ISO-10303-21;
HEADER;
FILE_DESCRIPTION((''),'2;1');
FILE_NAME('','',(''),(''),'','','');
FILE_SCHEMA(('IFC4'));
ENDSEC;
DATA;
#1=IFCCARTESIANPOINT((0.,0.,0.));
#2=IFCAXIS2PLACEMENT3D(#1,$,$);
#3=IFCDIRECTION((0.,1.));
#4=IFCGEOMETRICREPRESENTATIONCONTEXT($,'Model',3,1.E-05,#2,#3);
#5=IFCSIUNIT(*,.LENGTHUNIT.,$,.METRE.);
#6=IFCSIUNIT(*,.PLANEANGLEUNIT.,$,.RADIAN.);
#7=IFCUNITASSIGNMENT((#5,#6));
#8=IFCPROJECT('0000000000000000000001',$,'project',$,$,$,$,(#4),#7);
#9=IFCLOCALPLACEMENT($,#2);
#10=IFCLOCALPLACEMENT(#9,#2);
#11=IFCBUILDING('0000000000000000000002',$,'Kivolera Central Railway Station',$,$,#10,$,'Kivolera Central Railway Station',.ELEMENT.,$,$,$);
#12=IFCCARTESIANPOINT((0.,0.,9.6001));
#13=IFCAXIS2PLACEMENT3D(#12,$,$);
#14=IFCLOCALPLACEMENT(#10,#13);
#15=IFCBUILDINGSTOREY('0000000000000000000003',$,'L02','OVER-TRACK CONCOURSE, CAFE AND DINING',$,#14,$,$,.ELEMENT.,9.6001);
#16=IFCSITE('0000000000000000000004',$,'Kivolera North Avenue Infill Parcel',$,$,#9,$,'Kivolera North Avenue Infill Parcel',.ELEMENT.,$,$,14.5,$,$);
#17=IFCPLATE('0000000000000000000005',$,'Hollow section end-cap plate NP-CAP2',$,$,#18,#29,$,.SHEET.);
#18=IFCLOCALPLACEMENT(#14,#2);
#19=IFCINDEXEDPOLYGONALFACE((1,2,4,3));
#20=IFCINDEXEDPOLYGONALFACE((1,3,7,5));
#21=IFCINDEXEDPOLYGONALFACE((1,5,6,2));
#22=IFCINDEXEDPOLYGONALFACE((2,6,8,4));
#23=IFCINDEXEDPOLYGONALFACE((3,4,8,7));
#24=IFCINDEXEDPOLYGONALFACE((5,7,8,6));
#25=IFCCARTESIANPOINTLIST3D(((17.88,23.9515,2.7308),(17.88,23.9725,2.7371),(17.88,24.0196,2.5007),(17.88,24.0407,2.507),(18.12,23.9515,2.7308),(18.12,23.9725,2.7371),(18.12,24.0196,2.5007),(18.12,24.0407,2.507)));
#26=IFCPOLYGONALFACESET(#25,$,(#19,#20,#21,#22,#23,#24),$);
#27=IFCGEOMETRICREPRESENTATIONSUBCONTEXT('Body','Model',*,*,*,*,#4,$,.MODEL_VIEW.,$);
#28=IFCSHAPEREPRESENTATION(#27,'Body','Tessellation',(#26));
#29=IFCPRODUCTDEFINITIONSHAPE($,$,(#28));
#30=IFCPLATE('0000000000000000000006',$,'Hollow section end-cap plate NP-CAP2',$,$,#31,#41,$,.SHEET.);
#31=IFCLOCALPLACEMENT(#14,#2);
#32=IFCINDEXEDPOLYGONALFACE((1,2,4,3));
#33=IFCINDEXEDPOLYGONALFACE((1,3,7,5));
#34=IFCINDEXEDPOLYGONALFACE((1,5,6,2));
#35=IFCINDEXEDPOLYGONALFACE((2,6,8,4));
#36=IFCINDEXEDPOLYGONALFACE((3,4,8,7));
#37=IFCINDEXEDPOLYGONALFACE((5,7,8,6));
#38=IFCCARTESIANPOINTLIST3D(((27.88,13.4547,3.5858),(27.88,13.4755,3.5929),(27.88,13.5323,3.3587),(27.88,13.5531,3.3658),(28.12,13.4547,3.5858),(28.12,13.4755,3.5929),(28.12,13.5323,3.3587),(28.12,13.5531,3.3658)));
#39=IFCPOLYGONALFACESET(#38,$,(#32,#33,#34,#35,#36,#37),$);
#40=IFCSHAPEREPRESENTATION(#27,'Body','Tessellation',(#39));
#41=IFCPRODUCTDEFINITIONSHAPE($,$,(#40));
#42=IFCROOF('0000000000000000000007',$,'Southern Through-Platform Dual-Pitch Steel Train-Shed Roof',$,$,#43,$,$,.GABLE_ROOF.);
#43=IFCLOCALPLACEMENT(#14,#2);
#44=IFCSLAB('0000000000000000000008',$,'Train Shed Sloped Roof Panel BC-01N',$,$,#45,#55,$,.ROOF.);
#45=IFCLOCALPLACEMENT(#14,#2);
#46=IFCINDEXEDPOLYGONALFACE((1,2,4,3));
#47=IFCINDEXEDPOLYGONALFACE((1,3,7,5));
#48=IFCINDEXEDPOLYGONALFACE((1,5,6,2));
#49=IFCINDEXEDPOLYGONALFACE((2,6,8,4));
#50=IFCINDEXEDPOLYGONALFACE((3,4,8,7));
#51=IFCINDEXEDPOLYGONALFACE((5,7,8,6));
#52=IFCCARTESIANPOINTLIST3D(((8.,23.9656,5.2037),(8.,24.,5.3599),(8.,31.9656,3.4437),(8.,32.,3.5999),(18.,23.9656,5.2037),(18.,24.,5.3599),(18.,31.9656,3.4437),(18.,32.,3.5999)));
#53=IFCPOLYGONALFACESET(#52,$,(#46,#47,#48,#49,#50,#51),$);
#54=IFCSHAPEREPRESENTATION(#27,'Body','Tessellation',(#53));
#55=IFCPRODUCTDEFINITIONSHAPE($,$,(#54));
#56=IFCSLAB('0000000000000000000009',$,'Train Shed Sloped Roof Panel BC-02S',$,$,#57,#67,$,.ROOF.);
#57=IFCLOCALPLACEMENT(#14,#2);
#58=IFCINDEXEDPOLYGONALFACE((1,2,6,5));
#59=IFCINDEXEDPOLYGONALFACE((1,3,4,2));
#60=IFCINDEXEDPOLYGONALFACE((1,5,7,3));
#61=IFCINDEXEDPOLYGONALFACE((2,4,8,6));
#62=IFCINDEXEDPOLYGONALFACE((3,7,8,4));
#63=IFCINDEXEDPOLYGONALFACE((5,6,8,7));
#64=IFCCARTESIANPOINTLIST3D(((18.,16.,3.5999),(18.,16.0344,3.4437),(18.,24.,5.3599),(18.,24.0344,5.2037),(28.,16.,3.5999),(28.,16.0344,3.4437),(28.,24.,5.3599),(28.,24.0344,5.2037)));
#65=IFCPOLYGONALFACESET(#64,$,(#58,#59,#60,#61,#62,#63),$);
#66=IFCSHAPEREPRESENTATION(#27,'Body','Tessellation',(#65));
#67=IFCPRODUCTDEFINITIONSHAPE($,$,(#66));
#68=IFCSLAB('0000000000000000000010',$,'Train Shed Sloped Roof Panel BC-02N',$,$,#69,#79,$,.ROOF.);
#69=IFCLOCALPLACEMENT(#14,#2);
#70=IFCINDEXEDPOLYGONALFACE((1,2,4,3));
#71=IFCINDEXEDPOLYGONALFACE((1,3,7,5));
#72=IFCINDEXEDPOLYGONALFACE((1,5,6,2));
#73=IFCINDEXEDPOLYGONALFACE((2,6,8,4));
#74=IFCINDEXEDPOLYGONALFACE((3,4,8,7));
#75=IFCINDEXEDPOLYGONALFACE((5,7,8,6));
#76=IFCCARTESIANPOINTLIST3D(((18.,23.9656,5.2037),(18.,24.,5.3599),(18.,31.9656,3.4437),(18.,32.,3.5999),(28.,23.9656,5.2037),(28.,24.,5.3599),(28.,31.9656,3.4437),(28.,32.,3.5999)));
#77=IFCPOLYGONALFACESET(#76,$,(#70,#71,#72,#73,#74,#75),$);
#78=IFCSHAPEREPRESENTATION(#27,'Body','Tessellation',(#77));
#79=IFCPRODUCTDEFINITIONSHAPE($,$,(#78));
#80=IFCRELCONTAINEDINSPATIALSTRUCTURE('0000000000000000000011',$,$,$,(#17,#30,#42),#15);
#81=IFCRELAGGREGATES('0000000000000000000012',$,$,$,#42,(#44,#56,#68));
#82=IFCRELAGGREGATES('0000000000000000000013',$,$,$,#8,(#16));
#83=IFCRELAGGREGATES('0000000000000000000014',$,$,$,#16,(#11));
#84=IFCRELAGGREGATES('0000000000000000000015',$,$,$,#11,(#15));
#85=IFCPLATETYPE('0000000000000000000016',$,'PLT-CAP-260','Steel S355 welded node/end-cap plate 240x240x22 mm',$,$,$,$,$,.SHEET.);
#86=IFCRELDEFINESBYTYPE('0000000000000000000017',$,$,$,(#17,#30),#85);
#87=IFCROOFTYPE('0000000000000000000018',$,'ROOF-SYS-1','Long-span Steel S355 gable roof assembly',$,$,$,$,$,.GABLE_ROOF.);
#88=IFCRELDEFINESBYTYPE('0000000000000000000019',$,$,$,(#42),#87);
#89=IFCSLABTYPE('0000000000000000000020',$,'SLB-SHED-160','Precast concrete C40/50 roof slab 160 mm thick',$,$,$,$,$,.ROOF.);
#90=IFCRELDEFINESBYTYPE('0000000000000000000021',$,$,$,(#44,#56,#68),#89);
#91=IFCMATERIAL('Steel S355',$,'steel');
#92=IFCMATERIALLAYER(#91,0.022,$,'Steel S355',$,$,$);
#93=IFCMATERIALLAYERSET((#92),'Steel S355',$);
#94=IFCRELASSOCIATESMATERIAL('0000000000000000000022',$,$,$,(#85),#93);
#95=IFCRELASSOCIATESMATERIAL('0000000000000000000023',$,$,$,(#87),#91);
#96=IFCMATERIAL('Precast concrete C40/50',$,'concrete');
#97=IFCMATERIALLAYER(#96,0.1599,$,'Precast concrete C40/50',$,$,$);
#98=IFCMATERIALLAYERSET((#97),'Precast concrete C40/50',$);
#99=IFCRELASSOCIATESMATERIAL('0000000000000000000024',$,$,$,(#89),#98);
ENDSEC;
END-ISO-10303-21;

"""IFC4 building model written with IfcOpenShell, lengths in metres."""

from ifc_helpers import new_model, si_unit, direction, frame, origin, origin_2d, place, context, subcontext, project, spatial, polyline, rectangle, outline, extrude, material, layer, layer_set, type_object, element, aggregate, save


model = new_model("IFC4")

# Units and contexts
model_context = context("Model", 3, precision=1e-05, world=origin(), true_north=direction((0.0, 1.0)))
body_context = subcontext(model_context, "Body", "Model", "MODEL_VIEW")
ifc_project = project(units=[si_unit("LENGTHUNIT", "METRE"), si_unit("PLANEANGLEUNIT", "RADIAN")], contexts=[model_context])

# Site, building, storey
site_placement = place(None, origin())
site = spatial("IfcSite", under=ifc_project, at=site_placement, Name="Kivolera North Avenue Infill Parcel", LongName="Kivolera North Avenue Infill Parcel", CompositionType="ELEMENT", RefElevation=14.5)
building_placement = place(site_placement, origin())
building = spatial("IfcBuilding", under=site, at=building_placement, Name="Kivolera Central Railway Station", LongName="Kivolera Central Railway Station", CompositionType="ELEMENT")
storey_placement = place(building_placement, frame((0.0, 0.0, 9.6001)))
storey = spatial("IfcBuildingStorey", under=building, at=storey_placement, Name="L02", Description="OVER-TRACK CONCOURSE, CAFE AND DINING", CompositionType="ELEMENT", Elevation=9.6001)

# Shared definitions
ifc_material_1 = material(Name="Steel S355", Category="steel")

# Plates
ifc_layer_1 = layer(ifc_material_1, 0.022, Name="Steel S355")
ifc_layer_set_1 = layer_set([ifc_layer_1], Name="Steel S355")
plate_type_1 = type_object("IfcPlateType", Name="PLT-CAP-260", Description="Steel S355 welded node/end-cap plate 240x240x22 mm", PredefinedType="SHEET", material=ifc_layer_set_1)
for number, where, z_axis, x_axis, name in (
    (1, (18.0, 23.9961, 2.6189), (0.0, 0.95881, 0.284048), (-1.0, 0.0, 0.0), "Hollow section end-cap plate NP-CAP2"),
    (2, (28.0, 13.5039, 3.4758), (0.0, 0.946194, 0.323599), (-1.0, 0.0, 0.0), "Hollow section end-cap plate NP-CAP2"),
):
    element("IfcPlate", number, at=place(storey_placement, frame(where, z_axis=z_axis, x_axis=x_axis)), inside=storey, type_object=plate_type_1, Name=name, PredefinedType="SHEET", context=body_context, shape_type="SweptSolid", body=[
        extrude(rectangle(XDim=0.24, YDim=0.24, at=origin_2d()), frame((0.0, 0.0, -0.011)), (0.0, 0.0, 1.0), 0.022),
    ])

# Roof, slabs
roof_type = type_object("IfcRoofType", Name="ROOF-SYS-1", Description="Long-span Steel S355 gable roof assembly", PredefinedType="GABLE_ROOF", material=ifc_material_1)
roof_placement = place(storey_placement, origin())
roof = element("IfcRoof", 3, at=roof_placement, inside=storey, type_object=roof_type, Name="Southern Through-Platform Dual-Pitch Steel Train-Shed Roof", PredefinedType="GABLE_ROOF")
ifc_material_2 = material(Name="Precast concrete C40/50", Category="concrete")
ifc_layer_2 = layer(ifc_material_2, 0.1599, Name="Precast concrete C40/50")
ifc_layer_set_2 = layer_set([ifc_layer_2], Name="Precast concrete C40/50")
slab_type = type_object("IfcSlabType", Name="SLB-SHED-160", Description="Precast concrete C40/50 roof slab 160 mm thick", PredefinedType="ROOF", material=ifc_layer_set_2)
slab_1_placement = place(storey_placement, frame((8.0, 24.0, 5.3599), z_axis=(0.0, 0.214863, 0.976644), x_axis=(1.0, 0.0, 0.0)))
slab_1 = element("IfcSlab", 4, at=slab_1_placement, type_object=slab_type, Name="Train Shed Sloped Roof Panel BC-01N", PredefinedType="ROOF", context=body_context, shape_type="SweptSolid", body=[
    extrude(outline(polyline([(0.0, 0.0), (10.0, 0.0), (10.0, 8.1913), (0.0, 8.1913), (0.0, 0.0)])), origin(), (0.0, 0.0, -1.0), 0.1599),
])
slab_2_placement = place(storey_placement, frame((18.0, 16.0, 3.5999), z_axis=(0.0, -0.214863, 0.976644), x_axis=(1.0, 0.0, 0.0)))
slab_2 = element("IfcSlab", 5, at=slab_2_placement, type_object=slab_type, Name="Train Shed Sloped Roof Panel BC-02S", PredefinedType="ROOF", context=body_context, shape_type="SweptSolid", body=[
    extrude(outline(polyline([(0.0, 0.0), (10.0, 0.0), (10.0, 8.1913), (0.0, 8.1913), (0.0, 0.0)])), origin(), (0.0, 0.0, -1.0), 0.1599),
])
slab_3_placement = place(storey_placement, frame((18.0, 24.0, 5.3599), z_axis=(0.0, 0.214863, 0.976644), x_axis=(1.0, 0.0, 0.0)))
slab_3 = element("IfcSlab", 6, at=slab_3_placement, type_object=slab_type, Name="Train Shed Sloped Roof Panel BC-02N", PredefinedType="ROOF", context=body_context, shape_type="SweptSolid", body=[
    extrude(outline(polyline([(0.0, 0.0), (10.0, 0.0), (10.0, 8.1913), (0.0, 8.1913), (0.0, 0.0)])), origin(), (0.0, 0.0, -1.0), 0.1599),
])
aggregate(roof, [slab_1, slab_2, slab_3])

save(model, "model.ifc")
